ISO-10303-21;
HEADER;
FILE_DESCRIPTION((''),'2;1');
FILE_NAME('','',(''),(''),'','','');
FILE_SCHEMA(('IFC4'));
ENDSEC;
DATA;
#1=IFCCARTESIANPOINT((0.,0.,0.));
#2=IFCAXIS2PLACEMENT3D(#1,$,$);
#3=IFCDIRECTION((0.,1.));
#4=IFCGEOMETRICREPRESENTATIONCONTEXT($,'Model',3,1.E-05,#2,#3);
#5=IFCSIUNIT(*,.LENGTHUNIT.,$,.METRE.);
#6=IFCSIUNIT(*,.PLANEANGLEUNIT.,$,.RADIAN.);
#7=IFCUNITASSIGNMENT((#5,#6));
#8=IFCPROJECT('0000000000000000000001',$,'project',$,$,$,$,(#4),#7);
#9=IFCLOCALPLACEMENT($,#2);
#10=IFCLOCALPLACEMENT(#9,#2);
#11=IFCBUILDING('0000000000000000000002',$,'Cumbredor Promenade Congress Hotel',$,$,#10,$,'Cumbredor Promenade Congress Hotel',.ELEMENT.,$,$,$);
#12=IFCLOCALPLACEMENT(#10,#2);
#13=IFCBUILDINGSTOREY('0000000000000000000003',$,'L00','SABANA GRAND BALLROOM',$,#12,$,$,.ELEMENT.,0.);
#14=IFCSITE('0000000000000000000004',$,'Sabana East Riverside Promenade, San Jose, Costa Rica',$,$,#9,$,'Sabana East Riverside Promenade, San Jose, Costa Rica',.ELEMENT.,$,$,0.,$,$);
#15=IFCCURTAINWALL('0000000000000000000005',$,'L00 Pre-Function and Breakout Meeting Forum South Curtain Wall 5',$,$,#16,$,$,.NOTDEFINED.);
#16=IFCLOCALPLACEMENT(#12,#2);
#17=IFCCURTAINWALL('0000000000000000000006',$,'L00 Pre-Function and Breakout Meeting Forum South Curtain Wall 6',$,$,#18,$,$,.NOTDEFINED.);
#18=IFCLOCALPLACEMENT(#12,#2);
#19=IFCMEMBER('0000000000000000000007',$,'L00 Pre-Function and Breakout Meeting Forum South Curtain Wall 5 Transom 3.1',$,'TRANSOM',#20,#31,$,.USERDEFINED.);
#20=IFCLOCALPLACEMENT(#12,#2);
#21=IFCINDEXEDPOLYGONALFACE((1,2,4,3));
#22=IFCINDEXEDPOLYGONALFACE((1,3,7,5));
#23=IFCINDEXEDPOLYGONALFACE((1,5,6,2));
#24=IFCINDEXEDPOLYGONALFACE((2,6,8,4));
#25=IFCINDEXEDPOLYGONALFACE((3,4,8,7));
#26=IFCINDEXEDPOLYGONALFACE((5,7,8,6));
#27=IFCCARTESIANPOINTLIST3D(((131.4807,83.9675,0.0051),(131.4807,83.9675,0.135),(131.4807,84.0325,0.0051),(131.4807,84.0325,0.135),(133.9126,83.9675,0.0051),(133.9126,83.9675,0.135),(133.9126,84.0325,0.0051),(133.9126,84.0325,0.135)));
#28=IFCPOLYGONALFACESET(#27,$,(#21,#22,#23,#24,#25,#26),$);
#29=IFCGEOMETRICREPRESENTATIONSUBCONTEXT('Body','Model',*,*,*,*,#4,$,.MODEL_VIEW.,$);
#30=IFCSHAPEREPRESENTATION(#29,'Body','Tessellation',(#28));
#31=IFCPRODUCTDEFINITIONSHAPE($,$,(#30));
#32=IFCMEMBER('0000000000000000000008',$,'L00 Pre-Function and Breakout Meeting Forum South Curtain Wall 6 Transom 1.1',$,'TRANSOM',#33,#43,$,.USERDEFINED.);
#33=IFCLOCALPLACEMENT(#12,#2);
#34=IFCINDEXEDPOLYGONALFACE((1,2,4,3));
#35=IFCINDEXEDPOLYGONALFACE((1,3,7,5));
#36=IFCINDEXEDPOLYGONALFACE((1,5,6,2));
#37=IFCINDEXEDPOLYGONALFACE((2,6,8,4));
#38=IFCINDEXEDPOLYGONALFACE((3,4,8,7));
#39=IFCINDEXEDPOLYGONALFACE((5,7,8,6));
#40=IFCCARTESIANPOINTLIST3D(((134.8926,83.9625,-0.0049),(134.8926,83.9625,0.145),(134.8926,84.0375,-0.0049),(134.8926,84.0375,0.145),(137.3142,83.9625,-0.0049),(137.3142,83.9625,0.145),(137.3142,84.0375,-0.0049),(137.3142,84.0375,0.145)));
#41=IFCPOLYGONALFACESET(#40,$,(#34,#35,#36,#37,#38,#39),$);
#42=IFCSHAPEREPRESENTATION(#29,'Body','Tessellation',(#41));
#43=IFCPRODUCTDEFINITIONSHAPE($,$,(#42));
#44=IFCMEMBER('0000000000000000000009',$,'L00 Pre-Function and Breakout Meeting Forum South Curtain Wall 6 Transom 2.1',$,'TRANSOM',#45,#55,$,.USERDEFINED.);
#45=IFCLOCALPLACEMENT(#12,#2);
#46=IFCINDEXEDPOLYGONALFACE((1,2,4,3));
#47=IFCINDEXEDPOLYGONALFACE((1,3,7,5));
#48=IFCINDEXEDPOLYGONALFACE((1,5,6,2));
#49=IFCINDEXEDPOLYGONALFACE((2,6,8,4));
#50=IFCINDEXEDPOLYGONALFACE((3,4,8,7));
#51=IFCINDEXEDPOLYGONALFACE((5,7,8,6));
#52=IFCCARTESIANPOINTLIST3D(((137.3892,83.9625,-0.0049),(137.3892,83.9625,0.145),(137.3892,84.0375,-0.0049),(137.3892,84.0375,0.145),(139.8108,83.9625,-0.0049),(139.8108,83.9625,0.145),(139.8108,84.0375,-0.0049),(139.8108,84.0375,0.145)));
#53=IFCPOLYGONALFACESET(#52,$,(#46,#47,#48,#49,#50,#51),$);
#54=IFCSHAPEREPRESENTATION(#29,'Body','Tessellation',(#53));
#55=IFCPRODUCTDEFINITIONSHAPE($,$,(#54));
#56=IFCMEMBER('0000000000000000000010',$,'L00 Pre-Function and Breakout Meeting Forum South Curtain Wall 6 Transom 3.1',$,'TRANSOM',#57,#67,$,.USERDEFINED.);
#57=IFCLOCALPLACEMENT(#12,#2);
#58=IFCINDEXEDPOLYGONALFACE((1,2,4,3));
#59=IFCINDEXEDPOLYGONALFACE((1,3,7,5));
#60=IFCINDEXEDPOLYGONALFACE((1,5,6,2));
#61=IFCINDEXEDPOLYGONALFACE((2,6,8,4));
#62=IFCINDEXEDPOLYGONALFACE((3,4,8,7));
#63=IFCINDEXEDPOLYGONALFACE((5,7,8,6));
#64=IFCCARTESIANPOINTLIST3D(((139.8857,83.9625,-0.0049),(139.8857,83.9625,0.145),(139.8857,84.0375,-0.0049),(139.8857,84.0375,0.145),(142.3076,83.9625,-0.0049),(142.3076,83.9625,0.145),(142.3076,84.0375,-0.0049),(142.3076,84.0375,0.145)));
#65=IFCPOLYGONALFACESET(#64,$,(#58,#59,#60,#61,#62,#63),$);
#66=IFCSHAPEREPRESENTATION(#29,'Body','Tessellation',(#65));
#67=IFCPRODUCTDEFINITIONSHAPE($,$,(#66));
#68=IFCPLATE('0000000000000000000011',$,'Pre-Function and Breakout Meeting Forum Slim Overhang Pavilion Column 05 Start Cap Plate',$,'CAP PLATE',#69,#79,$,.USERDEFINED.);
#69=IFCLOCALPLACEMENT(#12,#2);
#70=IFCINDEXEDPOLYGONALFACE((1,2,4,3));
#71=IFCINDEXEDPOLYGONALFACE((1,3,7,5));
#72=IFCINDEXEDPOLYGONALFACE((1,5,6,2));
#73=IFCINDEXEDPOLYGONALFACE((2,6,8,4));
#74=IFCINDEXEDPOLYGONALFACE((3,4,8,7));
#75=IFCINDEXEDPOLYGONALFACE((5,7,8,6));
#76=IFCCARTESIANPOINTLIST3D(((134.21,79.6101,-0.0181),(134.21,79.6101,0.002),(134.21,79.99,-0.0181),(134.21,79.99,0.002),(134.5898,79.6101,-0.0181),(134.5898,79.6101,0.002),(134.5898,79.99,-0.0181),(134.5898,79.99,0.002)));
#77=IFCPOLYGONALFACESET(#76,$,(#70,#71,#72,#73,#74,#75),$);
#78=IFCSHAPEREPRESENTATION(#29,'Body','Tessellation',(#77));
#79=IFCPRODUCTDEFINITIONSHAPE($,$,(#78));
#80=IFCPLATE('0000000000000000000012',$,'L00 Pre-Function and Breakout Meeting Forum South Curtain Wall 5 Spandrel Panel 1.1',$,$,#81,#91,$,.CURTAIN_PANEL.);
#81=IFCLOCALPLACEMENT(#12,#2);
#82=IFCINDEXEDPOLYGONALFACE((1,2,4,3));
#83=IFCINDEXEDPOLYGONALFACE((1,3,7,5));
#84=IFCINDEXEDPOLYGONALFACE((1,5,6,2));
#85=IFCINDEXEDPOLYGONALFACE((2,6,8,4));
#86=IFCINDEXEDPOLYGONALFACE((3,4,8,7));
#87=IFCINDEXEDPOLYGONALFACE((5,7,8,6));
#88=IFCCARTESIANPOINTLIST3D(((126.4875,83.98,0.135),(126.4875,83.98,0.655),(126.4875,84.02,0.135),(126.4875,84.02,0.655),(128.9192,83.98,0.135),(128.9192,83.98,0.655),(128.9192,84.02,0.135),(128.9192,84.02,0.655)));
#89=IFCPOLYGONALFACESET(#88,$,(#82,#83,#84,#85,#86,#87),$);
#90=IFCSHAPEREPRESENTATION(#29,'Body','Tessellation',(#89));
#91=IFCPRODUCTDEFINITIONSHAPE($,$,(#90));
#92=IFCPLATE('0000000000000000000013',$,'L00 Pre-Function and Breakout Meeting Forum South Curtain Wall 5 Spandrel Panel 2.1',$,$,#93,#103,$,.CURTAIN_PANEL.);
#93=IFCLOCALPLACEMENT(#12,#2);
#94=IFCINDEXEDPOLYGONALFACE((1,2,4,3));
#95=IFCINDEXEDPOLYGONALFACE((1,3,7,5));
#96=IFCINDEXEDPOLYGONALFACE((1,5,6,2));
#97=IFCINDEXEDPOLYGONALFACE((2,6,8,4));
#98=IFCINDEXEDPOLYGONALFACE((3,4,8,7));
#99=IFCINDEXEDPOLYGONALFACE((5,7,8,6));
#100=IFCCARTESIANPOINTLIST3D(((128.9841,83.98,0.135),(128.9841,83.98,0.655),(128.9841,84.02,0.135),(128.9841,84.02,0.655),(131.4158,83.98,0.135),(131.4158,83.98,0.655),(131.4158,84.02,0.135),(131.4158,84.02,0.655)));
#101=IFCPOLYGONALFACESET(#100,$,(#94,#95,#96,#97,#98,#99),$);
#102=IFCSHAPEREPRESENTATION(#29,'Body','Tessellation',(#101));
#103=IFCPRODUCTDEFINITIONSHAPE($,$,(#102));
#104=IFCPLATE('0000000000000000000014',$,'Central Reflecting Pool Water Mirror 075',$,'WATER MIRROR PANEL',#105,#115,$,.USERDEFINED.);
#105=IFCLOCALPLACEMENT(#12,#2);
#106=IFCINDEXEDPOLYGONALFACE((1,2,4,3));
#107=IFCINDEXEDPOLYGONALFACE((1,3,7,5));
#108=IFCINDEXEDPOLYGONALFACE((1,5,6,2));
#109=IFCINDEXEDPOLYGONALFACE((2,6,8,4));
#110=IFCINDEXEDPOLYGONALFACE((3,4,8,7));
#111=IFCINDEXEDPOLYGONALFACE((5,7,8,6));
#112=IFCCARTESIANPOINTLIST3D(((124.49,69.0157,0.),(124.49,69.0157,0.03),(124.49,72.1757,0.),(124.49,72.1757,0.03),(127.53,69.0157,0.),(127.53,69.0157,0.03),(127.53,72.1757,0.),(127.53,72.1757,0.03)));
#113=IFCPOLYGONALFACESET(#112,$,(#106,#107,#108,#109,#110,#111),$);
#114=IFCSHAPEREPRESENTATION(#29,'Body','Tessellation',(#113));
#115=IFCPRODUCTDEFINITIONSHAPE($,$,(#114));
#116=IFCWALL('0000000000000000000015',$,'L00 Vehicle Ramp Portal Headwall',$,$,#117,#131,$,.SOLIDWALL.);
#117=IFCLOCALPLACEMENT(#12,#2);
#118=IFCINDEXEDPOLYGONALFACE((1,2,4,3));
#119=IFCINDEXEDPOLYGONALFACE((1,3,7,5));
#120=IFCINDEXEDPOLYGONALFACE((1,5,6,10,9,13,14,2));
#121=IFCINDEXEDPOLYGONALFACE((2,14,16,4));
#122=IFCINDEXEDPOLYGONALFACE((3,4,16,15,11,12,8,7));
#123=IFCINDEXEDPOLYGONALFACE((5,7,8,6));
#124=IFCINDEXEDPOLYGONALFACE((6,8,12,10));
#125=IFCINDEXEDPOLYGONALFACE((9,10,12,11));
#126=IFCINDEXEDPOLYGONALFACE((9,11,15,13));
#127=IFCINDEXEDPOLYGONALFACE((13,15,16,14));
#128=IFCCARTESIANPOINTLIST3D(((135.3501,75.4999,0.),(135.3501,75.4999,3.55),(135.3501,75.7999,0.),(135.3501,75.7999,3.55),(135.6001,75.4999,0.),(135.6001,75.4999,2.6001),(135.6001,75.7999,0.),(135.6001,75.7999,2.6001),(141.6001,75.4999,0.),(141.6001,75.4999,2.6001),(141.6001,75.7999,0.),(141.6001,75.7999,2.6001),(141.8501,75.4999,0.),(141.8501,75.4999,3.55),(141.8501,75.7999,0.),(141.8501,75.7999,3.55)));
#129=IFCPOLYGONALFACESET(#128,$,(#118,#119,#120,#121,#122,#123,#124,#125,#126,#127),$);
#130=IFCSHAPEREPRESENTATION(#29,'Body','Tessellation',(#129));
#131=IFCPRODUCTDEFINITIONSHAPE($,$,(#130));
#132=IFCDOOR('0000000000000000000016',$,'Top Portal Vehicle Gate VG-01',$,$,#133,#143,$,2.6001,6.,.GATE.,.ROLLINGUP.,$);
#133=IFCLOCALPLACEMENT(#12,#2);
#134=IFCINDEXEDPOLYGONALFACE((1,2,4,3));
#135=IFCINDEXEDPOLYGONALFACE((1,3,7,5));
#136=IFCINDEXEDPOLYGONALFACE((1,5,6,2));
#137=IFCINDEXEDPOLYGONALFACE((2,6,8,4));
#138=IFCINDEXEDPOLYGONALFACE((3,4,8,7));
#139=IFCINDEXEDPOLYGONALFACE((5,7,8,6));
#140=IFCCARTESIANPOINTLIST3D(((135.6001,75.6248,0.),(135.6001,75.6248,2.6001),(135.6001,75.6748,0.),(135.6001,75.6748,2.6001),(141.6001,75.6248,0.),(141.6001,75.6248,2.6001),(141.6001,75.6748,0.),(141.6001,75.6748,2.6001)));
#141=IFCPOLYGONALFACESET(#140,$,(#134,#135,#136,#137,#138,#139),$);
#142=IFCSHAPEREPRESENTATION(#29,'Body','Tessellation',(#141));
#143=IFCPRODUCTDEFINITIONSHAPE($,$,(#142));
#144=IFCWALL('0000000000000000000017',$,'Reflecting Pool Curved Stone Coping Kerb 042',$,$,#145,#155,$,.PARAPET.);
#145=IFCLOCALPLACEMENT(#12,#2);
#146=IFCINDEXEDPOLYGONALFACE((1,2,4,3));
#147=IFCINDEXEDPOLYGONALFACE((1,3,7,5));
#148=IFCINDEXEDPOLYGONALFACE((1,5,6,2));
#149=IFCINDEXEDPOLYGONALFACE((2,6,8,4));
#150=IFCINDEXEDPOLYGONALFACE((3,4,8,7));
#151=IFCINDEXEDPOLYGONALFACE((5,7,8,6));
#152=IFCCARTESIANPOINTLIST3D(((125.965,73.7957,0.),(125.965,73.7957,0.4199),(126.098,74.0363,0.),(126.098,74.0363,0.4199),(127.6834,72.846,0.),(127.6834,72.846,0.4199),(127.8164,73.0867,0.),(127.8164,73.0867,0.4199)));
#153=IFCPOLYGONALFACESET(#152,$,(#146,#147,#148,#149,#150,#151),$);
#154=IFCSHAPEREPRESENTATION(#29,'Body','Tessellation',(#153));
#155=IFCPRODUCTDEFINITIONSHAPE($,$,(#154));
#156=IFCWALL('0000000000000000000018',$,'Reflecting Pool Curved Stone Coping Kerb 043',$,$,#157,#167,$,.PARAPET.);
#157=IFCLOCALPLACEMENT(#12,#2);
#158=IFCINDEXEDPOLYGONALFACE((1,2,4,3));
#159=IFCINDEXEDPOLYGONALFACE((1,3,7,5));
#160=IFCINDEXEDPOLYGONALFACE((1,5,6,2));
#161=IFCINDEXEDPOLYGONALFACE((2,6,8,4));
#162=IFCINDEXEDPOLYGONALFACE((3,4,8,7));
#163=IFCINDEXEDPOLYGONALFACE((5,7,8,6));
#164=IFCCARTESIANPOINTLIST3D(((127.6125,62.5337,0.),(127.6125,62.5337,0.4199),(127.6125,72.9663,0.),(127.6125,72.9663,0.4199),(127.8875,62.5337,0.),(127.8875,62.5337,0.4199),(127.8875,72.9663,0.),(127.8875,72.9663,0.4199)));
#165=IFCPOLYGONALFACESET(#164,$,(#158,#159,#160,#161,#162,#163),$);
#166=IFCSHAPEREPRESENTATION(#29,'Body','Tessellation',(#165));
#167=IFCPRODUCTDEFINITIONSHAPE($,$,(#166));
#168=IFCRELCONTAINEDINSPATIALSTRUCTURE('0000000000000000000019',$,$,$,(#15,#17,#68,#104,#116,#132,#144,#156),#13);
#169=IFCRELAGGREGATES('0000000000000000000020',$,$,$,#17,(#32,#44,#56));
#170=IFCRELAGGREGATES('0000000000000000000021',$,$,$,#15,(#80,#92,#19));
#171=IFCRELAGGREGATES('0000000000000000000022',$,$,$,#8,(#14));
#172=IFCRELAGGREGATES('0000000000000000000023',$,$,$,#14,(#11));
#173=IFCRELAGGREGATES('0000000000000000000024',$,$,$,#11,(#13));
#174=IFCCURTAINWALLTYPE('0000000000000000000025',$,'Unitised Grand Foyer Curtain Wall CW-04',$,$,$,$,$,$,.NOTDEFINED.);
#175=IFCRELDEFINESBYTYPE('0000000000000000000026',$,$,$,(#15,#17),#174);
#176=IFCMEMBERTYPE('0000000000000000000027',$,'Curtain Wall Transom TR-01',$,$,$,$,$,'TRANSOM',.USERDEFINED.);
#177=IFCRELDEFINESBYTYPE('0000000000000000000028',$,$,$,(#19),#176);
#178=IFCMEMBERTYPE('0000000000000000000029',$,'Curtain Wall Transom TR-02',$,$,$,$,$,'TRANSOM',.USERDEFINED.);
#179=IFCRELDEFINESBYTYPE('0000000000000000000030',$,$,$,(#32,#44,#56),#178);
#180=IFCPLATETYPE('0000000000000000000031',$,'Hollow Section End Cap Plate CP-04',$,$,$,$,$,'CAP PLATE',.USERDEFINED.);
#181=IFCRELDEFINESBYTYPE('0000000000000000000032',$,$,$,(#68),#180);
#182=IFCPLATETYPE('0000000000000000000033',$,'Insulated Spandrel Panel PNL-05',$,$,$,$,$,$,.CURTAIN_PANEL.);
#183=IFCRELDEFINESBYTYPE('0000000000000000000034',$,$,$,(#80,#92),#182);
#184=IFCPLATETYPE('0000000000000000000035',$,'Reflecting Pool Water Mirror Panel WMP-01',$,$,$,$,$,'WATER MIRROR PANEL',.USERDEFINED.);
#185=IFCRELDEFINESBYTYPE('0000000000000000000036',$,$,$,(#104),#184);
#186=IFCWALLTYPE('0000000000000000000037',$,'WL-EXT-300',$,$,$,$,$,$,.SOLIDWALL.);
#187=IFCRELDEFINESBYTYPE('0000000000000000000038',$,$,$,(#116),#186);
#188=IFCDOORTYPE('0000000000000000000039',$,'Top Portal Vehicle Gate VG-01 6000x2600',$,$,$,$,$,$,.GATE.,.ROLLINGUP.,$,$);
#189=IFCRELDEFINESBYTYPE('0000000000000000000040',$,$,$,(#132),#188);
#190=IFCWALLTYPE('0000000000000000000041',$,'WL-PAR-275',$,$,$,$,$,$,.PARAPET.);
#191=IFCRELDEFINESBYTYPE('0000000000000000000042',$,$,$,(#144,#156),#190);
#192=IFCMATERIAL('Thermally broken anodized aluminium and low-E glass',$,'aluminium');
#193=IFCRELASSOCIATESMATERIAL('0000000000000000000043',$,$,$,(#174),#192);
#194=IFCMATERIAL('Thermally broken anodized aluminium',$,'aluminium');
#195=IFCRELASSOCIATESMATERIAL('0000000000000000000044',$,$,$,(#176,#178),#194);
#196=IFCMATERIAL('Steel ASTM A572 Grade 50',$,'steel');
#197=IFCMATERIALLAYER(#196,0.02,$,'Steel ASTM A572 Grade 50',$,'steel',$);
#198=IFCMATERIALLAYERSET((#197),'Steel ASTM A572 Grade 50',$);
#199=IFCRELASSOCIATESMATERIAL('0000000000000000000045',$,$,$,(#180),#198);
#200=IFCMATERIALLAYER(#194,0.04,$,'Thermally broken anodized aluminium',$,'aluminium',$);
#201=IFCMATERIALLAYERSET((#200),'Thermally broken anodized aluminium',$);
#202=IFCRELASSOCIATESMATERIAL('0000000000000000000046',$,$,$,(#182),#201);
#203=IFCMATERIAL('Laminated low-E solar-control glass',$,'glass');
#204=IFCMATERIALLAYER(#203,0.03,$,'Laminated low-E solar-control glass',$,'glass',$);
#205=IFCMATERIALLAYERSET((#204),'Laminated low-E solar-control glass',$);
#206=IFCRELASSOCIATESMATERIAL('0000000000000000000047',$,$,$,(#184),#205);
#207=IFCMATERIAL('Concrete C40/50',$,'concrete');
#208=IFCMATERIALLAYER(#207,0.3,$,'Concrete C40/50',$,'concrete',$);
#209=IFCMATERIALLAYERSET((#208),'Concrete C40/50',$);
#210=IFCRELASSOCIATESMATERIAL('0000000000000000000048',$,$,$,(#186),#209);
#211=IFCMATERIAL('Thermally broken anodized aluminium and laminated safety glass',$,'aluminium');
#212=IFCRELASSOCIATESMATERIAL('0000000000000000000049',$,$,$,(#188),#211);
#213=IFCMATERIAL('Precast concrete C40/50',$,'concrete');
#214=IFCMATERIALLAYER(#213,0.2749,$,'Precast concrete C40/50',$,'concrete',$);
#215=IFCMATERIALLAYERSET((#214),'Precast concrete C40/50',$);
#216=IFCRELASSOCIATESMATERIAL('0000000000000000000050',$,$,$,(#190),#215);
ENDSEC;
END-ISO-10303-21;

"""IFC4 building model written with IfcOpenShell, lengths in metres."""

from ifc_helpers import new_model, si_unit, direction, frame, frame_2d, origin, origin_2d, place, context, subcontext, project, spatial, rectangle, extrude, material, layer, layer_set, material_profile, profile_set, type_object, element, fill, aggregate, save


model = new_model("IFC4")

# Units and contexts
model_context = context("Model", 3, precision=1e-05, world=origin(), true_north=direction((0.0, 1.0)))
body_context = subcontext(model_context, "Body", "Model", "MODEL_VIEW")
ifc_project = project(units=[si_unit("LENGTHUNIT", "METRE"), si_unit("PLANEANGLEUNIT", "RADIAN")], contexts=[model_context])

# Site, building, storey
site_placement = place(None, origin())
site = spatial("IfcSite", under=ifc_project, at=site_placement, Name="Sabana East Riverside Promenade, San Jose, Costa Rica", LongName="Sabana East Riverside Promenade, San Jose, Costa Rica", CompositionType="ELEMENT", RefElevation=0.0)
building_placement = place(site_placement, origin())
building = spatial("IfcBuilding", under=site, at=building_placement, Name="Cumbredor Promenade Congress Hotel", LongName="Cumbredor Promenade Congress Hotel", CompositionType="ELEMENT")
storey_placement = place(building_placement, origin())
storey = spatial("IfcBuildingStorey", under=building, at=storey_placement, Name="L00", Description="SABANA GRAND BALLROOM", CompositionType="ELEMENT", Elevation=0.0)

# Curtain walls
ifc_material_1 = material(Name="Thermally broken anodized aluminium and low-E glass", Category="aluminium")
curtain_wall_type = type_object("IfcCurtainWallType", Name="Unitised Grand Foyer Curtain Wall CW-04", PredefinedType="NOTDEFINED", material=ifc_material_1)
curtain_wall_1_placement = place(storey_placement, origin())
curtain_wall_1 = element("IfcCurtainWall", 1, at=curtain_wall_1_placement, inside=storey, type_object=curtain_wall_type, Name="L00 Pre-Function and Breakout Meeting Forum South Curtain Wall 5", PredefinedType="NOTDEFINED")
ifc_material_2 = material(Name="Thermally broken anodized aluminium", Category="aluminium")
curtain_wall_2_placement = place(storey_placement, origin())
curtain_wall_2 = element("IfcCurtainWall", 2, at=curtain_wall_2_placement, inside=storey, type_object=curtain_wall_type, Name="L00 Pre-Function and Breakout Meeting Forum South Curtain Wall 6", PredefinedType="NOTDEFINED")

# Members
ifc_material_profile_1 = material_profile(ifc_material_2, rectangle(XDim=0.0649, YDim=0.1299, at=origin_2d()), Name="ALU TRANSOM 65x130")
ifc_profile_set_1 = profile_set([ifc_material_profile_1], Name="Thermally broken anodized aluminium")
member_type_1 = type_object("IfcMemberType", Name="Curtain Wall Transom TR-01", ElementType="TRANSOM", PredefinedType="USERDEFINED", material=ifc_profile_set_1)
member_1_placement = place(storey_placement, frame((131.4807, 84.0, 0.0701), z_axis=(1.0, 0.0, 0.0), x_axis=(0.0, 1.0, 0.0)))
member_1 = element("IfcMember", 3, at=member_1_placement, type_object=member_type_1, Name="L00 Pre-Function and Breakout Meeting Forum South Curtain Wall 5 Transom 3.1", ObjectType="TRANSOM", PredefinedType="USERDEFINED", context=body_context, shape_type="SweptSolid", body=[
    extrude(rectangle(XDim=0.0649, YDim=0.1299, at=origin_2d()), origin(), (0.0, 0.0, 1.0), 2.4319),
])
ifc_material_profile_2 = material_profile(ifc_material_2, rectangle(XDim=0.075, YDim=0.1499, at=origin_2d()), Name="ALU TRANSOM 75x150")
ifc_profile_set_2 = profile_set([ifc_material_profile_2], Name="Thermally broken anodized aluminium")
member_type_2 = type_object("IfcMemberType", Name="Curtain Wall Transom TR-02", ElementType="TRANSOM", PredefinedType="USERDEFINED", material=ifc_profile_set_2)
member_2_placement = place(storey_placement, frame((134.8926, 84.0, 0.0701), z_axis=(1.0, 0.0, 0.0), x_axis=(0.0, 1.0, 0.0)))
member_2 = element("IfcMember", 4, at=member_2_placement, type_object=member_type_2, Name="L00 Pre-Function and Breakout Meeting Forum South Curtain Wall 6 Transom 1.1", ObjectType="TRANSOM", PredefinedType="USERDEFINED", context=body_context, shape_type="SweptSolid", body=[
    extrude(rectangle(XDim=0.075, YDim=0.1499, at=origin_2d()), origin(), (0.0, 0.0, 1.0), 2.4216),
])
member_3_placement = place(storey_placement, frame((137.3892, 84.0, 0.0701), z_axis=(1.0, 0.0, 0.0), x_axis=(0.0, 1.0, 0.0)))
member_3 = element("IfcMember", 5, at=member_3_placement, type_object=member_type_2, Name="L00 Pre-Function and Breakout Meeting Forum South Curtain Wall 6 Transom 2.1", ObjectType="TRANSOM", PredefinedType="USERDEFINED", context=body_context, shape_type="SweptSolid", body=[
    extrude(rectangle(XDim=0.075, YDim=0.1499, at=origin_2d()), origin(), (0.0, 0.0, 1.0), 2.4216),
])
member_4_placement = place(storey_placement, frame((139.8857, 84.0, 0.0701), z_axis=(1.0, 0.0, 0.0), x_axis=(0.0, 1.0, 0.0)))
member_4 = element("IfcMember", 6, at=member_4_placement, type_object=member_type_2, Name="L00 Pre-Function and Breakout Meeting Forum South Curtain Wall 6 Transom 3.1", ObjectType="TRANSOM", PredefinedType="USERDEFINED", context=body_context, shape_type="SweptSolid", body=[
    extrude(rectangle(XDim=0.075, YDim=0.1499, at=origin_2d()), origin(), (0.0, 0.0, 1.0), 2.4219),
])
aggregate(curtain_wall_2, [member_2, member_3, member_4])

# Plates
ifc_material_3 = material(Name="Steel ASTM A572 Grade 50", Category="steel")
ifc_layer_1 = layer(ifc_material_3, 0.02, Name="Steel ASTM A572 Grade 50", Category="steel")
ifc_layer_set_1 = layer_set([ifc_layer_1], Name="Steel ASTM A572 Grade 50")
plate_type_1 = type_object("IfcPlateType", Name="Hollow Section End Cap Plate CP-04", ElementType="CAP PLATE", PredefinedType="USERDEFINED", material=ifc_layer_set_1)
plate_1_placement = place(storey_placement, frame((134.3999, 79.8, -0.0181), z_axis=(0.0, 0.0, 1.0), x_axis=(1.0, 0.0, 0.0)))
element("IfcPlate", 7, at=plate_1_placement, inside=storey, type_object=plate_type_1, Name="Pre-Function and Breakout Meeting Forum Slim Overhang Pavilion Column 05 Start Cap Plate", ObjectType="CAP PLATE", PredefinedType="USERDEFINED", context=body_context, shape_type="SweptSolid", body=[
    extrude(rectangle(XDim=0.3799, YDim=0.3799, at=origin_2d()), origin(), (0.0, 0.0, 1.0), 0.02),
])
ifc_layer_2 = layer(ifc_material_2, 0.04, Name="Thermally broken anodized aluminium", Category="aluminium")
ifc_layer_set_2 = layer_set([ifc_layer_2], Name="Thermally broken anodized aluminium")
plate_type_2 = type_object("IfcPlateType", Name="Insulated Spandrel Panel PNL-05", PredefinedType="CURTAIN_PANEL", material=ifc_layer_set_2)
plate_2_placement = place(storey_placement, frame((127.7034, 84.0, 0.135), z_axis=(0.0, 0.0, 1.0), x_axis=(1.0, 0.0, 0.0)))
plate_2 = element("IfcPlate", 8, at=plate_2_placement, type_object=plate_type_2, Name="L00 Pre-Function and Breakout Meeting Forum South Curtain Wall 5 Spandrel Panel 1.1", PredefinedType="CURTAIN_PANEL", context=body_context, shape_type="SweptSolid", body=[
    extrude(rectangle(XDim=2.4316, YDim=0.04, at=origin_2d()), origin(), (0.0, 0.0, 1.0), 0.52),
])
plate_3_placement = place(storey_placement, frame((130.2, 84.0, 0.135), z_axis=(0.0, 0.0, 1.0), x_axis=(1.0, 0.0, 0.0)))
plate_3 = element("IfcPlate", 9, at=plate_3_placement, type_object=plate_type_2, Name="L00 Pre-Function and Breakout Meeting Forum South Curtain Wall 5 Spandrel Panel 2.1", PredefinedType="CURTAIN_PANEL", context=body_context, shape_type="SweptSolid", body=[
    extrude(rectangle(XDim=2.4316, YDim=0.04, at=origin_2d()), origin(), (0.0, 0.0, 1.0), 0.52),
])
aggregate(curtain_wall_1, [plate_2, plate_3, member_1])
ifc_material_4 = material(Name="Laminated low-E solar-control glass", Category="glass")
ifc_layer_3 = layer(ifc_material_4, 0.03, Name="Laminated low-E solar-control glass", Category="glass")
ifc_layer_set_3 = layer_set([ifc_layer_3], Name="Laminated low-E solar-control glass")
plate_type_3 = type_object("IfcPlateType", Name="Reflecting Pool Water Mirror Panel WMP-01", ElementType="WATER MIRROR PANEL", PredefinedType="USERDEFINED", material=ifc_layer_set_3)
plate_4_placement = place(storey_placement, frame((126.01, 70.5957, 0.0), z_axis=(0.0, 0.0, 1.0), x_axis=(1.0, 0.0, 0.0)))
element("IfcPlate", 10, at=plate_4_placement, inside=storey, type_object=plate_type_3, Name="Central Reflecting Pool Water Mirror 075", ObjectType="WATER MIRROR PANEL", PredefinedType="USERDEFINED", context=body_context, shape_type="SweptSolid", body=[
    extrude(rectangle(XDim=3.04, YDim=3.1599, at=origin_2d()), origin(), (0.0, 0.0, 1.0), 0.03),
])

# Wall, opening, door
ifc_material_5 = material(Name="Concrete C40/50", Category="concrete")
ifc_layer_4 = layer(ifc_material_5, 0.3, Name="Concrete C40/50", Category="concrete")
ifc_layer_set_4 = layer_set([ifc_layer_4], Name="Concrete C40/50")
wall_type_1 = type_object("IfcWallType", Name="WL-EXT-300", PredefinedType="SOLIDWALL", material=ifc_layer_set_4)
wall_1_placement = place(storey_placement, frame((135.3501, 75.6499, 0.0), z_axis=(0.0, 0.0, 1.0), x_axis=(1.0, 0.0, 0.0)))
wall_1 = element("IfcWall", 11, at=wall_1_placement, inside=storey, type_object=wall_type_1, Name="L00 Vehicle Ramp Portal Headwall", PredefinedType="SOLIDWALL", context=body_context, shape_type="SweptSolid", body=[
    extrude(rectangle(XDim=6.5, YDim=0.3, at=frame_2d((3.25, 0.0))), origin(), (0.0, 0.0, 1.0), 3.55),
])
opening_placement = place(wall_1_placement, frame((0.25, 0.0, 0.0)))
opening = element("IfcOpeningElement", 12, at=opening_placement, cuts=wall_1, PredefinedType="OPENING", context=body_context, shape_type="SweptSolid", body=[
    extrude(rectangle(XDim=6.0, YDim=2.6001, at=frame_2d((3.0, 1.3))), frame((0.0, 0.1602, 0.0), z_axis=(0.0, -1.0, 0.0), x_axis=(1.0, 0.0, 0.0)), (0.0, 0.0, 1.0), 0.3201),
])
ifc_material_6 = material(Name="Thermally broken anodized aluminium and laminated safety glass", Category="aluminium")
door_type = type_object("IfcDoorType", Name="Top Portal Vehicle Gate VG-01 6000x2600", OperationType="ROLLINGUP", PredefinedType="GATE", material=ifc_material_6)
door_placement = place(opening_placement, origin())
door = element("IfcDoor", 13, at=door_placement, inside=storey, type_object=door_type, Name="Top Portal Vehicle Gate VG-01", OperationType="ROLLINGUP", OverallHeight=2.6001, OverallWidth=6.0, PredefinedType="GATE", context=body_context, shape_type="SweptSolid", body=[
    extrude(rectangle(XDim=6.0, YDim=2.6001, at=frame_2d((3.0, 1.3))), frame((0.0, 0.0249, 0.0), z_axis=(0.0, -1.0, 0.0), x_axis=(1.0, 0.0, 0.0)), (0.0, 0.0, 1.0), 0.05),
])
fill(opening, door)

# Walls
ifc_material_7 = material(Name="Precast concrete C40/50", Category="concrete")
ifc_layer_5 = layer(ifc_material_7, 0.2749, Name="Precast concrete C40/50", Category="concrete")
ifc_layer_set_5 = layer_set([ifc_layer_5], Name="Precast concrete C40/50")
wall_type_2 = type_object("IfcWallType", Name="WL-PAR-275", PredefinedType="PARAPET", material=ifc_layer_set_5)
wall_2_placement = place(storey_placement, frame((126.0315, 73.916, 0.0), z_axis=(0.0, 0.0, 1.0), x_axis=(0.87524, -0.483689, 0.0)))
element("IfcWall", 14, at=wall_2_placement, inside=storey, type_object=wall_type_2, Name="Reflecting Pool Curved Stone Coping Kerb 042", PredefinedType="PARAPET", context=body_context, shape_type="SweptSolid", body=[
    extrude(rectangle(XDim=1.9634, YDim=0.2749, at=frame_2d((0.9817, 0.0))), origin(), (0.0, 0.0, 1.0), 0.4199),
])
wall_3_placement = place(storey_placement, frame((127.75, 72.9663, 0.0), z_axis=(0.0, 0.0, 1.0), x_axis=(0.0, -1.0, 0.0)))
element("IfcWall", 15, at=wall_3_placement, inside=storey, type_object=wall_type_2, Name="Reflecting Pool Curved Stone Coping Kerb 043", PredefinedType="PARAPET", context=body_context, shape_type="SweptSolid", body=[
    extrude(rectangle(XDim=10.4326, YDim=0.2749, at=frame_2d((5.2163, 0.0))), origin(), (0.0, 0.0, 1.0), 0.4199),
])

save(model, "model.ifc")
